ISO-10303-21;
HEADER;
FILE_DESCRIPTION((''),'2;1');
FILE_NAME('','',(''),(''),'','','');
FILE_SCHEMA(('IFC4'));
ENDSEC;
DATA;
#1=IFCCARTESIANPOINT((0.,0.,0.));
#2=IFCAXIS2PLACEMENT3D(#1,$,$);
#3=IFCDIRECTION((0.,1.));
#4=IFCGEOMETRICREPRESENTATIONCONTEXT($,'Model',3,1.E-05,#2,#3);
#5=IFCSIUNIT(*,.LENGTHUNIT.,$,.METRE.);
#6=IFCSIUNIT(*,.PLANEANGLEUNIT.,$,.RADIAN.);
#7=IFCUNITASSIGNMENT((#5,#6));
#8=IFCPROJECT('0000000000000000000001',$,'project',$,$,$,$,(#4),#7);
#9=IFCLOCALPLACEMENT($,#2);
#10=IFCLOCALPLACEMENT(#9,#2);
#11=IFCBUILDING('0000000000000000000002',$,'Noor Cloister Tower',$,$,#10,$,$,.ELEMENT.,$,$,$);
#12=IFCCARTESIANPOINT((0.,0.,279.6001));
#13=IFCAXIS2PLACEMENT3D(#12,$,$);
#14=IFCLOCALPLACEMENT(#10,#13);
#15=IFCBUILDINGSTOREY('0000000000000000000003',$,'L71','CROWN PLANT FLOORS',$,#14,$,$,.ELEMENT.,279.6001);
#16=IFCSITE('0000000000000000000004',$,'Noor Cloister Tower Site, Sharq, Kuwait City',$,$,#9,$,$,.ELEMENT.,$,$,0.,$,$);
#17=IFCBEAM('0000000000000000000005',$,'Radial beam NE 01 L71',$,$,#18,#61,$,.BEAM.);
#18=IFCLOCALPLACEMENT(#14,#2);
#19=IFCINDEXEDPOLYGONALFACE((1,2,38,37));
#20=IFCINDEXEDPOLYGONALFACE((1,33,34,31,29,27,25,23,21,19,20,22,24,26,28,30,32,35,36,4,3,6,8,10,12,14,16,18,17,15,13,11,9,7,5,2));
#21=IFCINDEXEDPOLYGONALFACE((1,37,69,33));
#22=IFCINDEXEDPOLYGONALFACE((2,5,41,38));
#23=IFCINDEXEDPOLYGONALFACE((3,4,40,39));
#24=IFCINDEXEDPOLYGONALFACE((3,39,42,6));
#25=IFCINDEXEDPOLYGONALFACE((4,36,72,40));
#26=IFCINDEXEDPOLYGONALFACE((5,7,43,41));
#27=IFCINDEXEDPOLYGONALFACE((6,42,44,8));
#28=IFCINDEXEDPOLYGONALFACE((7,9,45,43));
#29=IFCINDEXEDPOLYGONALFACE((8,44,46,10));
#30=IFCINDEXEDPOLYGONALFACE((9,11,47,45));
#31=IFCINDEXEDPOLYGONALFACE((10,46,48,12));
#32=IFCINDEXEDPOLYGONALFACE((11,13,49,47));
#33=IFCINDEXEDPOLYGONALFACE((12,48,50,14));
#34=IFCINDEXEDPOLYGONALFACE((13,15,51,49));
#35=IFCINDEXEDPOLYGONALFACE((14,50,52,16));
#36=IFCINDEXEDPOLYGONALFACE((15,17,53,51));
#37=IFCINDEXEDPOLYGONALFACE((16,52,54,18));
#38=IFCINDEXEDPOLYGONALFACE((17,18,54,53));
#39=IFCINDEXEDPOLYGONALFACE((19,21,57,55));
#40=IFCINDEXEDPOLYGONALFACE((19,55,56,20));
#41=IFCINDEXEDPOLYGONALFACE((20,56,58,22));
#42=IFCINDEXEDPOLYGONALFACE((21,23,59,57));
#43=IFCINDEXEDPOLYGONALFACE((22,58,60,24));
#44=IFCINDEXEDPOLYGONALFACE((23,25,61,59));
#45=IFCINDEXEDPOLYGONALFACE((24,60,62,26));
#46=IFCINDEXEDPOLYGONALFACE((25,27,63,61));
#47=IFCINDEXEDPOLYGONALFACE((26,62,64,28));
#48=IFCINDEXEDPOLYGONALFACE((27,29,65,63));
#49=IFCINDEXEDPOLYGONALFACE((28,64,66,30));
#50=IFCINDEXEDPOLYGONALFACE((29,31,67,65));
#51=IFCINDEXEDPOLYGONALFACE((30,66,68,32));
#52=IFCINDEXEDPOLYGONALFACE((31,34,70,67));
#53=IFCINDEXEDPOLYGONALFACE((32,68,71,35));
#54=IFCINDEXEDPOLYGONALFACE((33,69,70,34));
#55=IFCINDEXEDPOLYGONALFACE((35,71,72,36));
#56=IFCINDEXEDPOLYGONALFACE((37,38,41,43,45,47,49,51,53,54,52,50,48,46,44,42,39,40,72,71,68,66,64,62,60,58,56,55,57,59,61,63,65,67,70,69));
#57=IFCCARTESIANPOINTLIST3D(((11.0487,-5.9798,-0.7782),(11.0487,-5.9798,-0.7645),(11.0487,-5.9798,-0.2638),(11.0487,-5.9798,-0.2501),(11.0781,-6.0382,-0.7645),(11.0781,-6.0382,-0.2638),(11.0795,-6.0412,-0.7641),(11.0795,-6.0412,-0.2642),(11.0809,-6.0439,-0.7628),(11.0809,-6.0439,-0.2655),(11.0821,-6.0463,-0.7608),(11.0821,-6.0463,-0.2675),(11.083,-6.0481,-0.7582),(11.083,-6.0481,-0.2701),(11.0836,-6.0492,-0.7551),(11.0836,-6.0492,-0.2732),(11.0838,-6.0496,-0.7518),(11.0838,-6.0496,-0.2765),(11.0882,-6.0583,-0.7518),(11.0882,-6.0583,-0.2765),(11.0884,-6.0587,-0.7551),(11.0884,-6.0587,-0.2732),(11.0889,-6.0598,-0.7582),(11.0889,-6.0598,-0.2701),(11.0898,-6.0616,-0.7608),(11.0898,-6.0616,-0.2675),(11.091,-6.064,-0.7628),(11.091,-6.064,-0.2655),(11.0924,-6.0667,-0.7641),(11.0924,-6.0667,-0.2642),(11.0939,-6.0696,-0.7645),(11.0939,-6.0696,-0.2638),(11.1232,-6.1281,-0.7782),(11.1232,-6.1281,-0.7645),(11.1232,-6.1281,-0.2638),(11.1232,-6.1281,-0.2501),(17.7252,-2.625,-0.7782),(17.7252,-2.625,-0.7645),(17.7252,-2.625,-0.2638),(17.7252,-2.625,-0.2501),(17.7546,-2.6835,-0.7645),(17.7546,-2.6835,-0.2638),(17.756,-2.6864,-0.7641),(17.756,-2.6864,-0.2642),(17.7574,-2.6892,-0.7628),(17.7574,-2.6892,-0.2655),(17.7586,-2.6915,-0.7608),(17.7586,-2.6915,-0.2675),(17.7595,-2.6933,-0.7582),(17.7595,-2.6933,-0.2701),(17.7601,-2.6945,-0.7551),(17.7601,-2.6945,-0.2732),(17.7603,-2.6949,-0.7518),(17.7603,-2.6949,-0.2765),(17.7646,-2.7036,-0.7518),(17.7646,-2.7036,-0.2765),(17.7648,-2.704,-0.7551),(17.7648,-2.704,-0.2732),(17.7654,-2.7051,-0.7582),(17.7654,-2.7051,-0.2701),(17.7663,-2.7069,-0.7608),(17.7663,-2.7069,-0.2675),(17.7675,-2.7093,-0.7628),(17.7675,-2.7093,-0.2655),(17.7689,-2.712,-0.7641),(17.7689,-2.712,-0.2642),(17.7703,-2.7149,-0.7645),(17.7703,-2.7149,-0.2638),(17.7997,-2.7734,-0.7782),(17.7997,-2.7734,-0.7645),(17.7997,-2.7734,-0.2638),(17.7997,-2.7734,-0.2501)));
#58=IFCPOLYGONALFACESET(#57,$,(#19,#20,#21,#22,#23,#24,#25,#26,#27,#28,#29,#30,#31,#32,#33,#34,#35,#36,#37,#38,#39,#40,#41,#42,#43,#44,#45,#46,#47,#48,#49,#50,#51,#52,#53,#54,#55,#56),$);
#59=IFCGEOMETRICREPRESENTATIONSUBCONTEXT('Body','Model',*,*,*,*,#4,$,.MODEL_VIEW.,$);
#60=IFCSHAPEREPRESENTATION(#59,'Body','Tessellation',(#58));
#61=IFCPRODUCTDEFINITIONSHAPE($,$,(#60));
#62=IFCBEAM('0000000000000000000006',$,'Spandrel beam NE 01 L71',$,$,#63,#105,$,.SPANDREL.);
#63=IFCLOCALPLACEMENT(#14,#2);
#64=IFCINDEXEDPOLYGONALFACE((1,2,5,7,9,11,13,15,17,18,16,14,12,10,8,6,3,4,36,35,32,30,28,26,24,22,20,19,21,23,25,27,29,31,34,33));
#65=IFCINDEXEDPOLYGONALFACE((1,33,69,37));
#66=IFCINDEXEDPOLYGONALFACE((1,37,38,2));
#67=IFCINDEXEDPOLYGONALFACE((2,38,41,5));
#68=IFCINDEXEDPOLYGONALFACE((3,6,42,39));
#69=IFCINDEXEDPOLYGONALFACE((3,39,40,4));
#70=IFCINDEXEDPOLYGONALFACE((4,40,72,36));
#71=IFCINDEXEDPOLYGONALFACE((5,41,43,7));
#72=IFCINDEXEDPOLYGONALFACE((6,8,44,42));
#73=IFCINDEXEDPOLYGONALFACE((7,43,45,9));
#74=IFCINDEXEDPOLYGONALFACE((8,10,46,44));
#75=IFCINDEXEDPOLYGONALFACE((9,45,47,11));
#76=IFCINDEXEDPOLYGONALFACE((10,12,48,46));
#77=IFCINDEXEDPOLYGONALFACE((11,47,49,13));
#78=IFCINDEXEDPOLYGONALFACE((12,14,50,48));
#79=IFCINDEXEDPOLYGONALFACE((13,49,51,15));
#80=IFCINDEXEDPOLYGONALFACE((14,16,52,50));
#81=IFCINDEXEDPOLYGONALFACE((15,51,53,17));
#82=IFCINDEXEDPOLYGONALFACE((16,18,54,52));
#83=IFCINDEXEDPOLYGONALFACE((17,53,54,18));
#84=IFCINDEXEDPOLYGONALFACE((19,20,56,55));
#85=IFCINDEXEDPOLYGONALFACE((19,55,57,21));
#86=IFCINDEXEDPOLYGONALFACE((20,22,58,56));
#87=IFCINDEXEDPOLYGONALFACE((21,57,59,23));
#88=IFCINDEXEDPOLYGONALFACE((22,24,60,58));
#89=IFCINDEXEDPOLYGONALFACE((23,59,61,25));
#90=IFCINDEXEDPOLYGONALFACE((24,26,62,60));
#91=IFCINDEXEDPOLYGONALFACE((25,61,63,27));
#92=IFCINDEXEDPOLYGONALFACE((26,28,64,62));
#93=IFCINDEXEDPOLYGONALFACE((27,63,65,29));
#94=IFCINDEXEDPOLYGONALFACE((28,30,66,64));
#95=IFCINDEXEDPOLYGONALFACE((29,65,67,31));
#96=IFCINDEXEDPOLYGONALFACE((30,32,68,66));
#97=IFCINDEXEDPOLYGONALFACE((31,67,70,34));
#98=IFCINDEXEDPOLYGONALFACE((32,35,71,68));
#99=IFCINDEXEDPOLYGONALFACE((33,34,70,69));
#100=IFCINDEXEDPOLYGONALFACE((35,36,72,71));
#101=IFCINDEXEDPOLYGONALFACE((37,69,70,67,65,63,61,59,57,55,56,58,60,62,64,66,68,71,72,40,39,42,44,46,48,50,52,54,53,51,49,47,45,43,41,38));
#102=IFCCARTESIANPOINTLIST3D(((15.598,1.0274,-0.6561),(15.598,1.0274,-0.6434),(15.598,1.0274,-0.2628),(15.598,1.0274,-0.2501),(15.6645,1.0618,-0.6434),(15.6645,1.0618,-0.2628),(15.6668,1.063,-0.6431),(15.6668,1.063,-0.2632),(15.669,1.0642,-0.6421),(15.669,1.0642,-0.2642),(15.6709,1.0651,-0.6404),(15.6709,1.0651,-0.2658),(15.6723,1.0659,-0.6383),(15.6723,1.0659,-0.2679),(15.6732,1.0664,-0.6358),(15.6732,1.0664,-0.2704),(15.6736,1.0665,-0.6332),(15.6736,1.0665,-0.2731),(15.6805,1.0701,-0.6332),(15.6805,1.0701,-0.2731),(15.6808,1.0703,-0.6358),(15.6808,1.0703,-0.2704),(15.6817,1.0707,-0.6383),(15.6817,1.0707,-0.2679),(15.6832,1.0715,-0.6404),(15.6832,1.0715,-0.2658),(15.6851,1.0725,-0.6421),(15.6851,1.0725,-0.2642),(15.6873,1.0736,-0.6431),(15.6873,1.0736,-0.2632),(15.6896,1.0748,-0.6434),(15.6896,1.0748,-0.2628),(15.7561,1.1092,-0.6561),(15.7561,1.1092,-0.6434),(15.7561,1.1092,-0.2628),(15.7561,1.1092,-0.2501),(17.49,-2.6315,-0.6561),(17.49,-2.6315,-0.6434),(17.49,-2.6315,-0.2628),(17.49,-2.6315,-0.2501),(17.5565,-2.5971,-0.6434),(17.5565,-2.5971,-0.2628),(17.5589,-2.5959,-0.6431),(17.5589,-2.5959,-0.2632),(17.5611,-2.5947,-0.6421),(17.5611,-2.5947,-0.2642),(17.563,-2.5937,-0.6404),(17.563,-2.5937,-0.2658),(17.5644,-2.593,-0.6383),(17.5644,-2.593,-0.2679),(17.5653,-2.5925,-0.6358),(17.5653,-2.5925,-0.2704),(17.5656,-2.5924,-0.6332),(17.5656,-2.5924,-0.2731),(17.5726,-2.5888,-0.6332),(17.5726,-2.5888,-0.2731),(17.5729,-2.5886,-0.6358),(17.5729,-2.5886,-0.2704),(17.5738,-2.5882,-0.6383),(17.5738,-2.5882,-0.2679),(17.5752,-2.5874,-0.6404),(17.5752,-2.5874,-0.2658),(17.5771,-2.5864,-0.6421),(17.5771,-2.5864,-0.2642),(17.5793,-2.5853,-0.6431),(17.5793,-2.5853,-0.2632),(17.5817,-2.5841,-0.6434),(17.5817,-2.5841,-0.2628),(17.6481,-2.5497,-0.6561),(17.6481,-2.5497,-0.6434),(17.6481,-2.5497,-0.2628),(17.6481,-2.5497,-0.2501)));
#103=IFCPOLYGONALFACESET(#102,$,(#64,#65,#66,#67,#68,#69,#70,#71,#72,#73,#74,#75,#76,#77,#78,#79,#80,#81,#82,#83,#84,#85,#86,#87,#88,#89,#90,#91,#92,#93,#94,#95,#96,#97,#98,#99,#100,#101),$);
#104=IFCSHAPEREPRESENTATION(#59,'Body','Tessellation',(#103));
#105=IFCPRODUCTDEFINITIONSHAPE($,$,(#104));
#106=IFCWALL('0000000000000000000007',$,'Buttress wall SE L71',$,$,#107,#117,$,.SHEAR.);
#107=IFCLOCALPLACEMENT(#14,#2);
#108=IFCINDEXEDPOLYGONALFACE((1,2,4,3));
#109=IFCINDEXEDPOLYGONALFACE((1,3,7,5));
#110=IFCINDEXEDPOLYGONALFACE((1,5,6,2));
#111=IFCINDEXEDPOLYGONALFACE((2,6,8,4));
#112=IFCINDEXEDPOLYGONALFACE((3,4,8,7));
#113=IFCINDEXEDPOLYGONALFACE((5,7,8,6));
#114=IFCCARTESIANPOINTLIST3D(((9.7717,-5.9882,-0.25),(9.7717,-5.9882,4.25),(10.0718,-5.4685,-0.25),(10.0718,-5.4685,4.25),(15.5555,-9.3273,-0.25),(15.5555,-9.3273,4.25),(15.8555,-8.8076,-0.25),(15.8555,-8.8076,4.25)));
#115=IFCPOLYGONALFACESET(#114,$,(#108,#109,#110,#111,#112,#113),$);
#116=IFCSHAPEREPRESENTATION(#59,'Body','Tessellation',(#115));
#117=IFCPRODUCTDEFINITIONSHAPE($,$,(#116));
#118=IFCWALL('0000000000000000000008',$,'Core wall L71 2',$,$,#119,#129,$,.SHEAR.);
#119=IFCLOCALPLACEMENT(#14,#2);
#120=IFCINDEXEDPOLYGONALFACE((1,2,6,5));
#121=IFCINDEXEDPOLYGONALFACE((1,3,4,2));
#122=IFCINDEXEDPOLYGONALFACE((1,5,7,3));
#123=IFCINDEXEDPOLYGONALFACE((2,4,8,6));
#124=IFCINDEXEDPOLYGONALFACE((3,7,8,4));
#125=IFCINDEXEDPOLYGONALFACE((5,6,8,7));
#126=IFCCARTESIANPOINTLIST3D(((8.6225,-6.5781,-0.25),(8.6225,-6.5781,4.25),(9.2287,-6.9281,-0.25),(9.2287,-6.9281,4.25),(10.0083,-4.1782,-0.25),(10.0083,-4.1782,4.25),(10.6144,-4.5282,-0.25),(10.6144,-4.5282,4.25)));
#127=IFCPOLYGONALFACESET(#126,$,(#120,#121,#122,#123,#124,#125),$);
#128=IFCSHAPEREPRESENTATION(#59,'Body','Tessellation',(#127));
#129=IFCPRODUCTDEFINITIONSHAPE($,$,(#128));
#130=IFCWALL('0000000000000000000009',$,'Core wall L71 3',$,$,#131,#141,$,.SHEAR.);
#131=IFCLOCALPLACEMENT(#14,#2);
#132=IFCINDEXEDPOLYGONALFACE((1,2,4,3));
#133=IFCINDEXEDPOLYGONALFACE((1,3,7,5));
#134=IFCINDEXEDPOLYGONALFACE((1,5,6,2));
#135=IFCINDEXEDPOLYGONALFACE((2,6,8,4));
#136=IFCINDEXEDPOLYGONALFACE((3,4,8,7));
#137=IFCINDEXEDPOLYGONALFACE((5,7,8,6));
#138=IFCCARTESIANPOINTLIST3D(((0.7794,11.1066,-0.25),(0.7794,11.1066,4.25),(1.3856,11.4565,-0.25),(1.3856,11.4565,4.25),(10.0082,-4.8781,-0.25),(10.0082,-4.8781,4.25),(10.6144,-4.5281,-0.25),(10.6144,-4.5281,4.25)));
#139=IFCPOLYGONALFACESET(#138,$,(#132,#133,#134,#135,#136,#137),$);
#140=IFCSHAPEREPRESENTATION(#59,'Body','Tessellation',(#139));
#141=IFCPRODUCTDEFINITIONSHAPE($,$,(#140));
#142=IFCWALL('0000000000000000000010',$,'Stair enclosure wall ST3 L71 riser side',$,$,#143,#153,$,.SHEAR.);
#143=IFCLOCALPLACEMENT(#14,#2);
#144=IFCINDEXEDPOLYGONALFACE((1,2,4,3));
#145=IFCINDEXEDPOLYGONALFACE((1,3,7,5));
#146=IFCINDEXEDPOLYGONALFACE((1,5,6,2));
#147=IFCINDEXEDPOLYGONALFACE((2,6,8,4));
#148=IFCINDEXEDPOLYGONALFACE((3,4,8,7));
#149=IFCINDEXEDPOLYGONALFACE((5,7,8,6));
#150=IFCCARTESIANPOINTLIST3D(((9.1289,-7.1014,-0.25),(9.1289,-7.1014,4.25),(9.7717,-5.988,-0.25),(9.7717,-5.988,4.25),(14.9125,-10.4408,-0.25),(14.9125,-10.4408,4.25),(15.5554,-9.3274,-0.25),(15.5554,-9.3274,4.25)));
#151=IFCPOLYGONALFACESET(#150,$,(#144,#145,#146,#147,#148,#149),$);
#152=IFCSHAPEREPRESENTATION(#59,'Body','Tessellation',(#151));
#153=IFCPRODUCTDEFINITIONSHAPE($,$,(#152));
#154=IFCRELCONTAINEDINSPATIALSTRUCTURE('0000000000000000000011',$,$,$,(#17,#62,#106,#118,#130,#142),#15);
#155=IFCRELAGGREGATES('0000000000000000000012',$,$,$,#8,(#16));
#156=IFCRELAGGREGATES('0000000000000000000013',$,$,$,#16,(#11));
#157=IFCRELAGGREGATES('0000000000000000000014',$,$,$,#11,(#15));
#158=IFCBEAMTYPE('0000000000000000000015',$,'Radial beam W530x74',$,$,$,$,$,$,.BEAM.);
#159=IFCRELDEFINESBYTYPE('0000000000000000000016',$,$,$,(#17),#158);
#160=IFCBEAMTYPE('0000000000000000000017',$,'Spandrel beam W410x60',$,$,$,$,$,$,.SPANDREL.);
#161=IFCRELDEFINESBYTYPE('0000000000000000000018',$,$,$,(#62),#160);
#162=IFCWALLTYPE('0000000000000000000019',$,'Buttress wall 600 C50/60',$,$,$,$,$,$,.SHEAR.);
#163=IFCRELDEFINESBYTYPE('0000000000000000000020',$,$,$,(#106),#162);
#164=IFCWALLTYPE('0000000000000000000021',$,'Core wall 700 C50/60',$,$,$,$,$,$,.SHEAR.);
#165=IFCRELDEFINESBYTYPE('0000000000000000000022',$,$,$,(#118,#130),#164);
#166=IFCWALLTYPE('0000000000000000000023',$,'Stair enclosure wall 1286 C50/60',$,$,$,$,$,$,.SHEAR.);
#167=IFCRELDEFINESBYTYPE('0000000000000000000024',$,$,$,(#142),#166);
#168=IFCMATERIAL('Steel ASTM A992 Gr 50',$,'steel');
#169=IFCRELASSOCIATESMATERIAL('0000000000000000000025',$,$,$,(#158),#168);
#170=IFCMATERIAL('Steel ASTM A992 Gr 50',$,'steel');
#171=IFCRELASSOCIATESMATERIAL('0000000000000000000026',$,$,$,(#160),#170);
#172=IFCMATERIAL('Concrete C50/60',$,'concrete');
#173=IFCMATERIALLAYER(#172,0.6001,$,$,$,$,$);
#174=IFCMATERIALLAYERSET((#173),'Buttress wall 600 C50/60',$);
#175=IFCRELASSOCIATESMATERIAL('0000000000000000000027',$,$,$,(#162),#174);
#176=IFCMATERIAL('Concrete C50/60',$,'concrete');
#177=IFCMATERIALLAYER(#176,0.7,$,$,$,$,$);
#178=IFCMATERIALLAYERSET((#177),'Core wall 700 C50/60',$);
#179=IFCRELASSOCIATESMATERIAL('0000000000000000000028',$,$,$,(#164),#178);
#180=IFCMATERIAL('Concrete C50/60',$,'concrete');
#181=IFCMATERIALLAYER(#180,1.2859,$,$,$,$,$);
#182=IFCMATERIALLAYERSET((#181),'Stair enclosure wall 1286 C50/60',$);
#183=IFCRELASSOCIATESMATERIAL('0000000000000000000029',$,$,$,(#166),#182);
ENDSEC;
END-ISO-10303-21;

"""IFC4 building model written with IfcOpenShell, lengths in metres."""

from ifc_helpers import new_model, si_unit, direction, frame, frame_2d, origin, origin_2d, place, context, subcontext, project, spatial, rectangle, i_section, extrude, material, layer, layer_set, material_profile, profile_set, type_object, element, save


model = new_model("IFC4")

# Units and contexts
model_context = context("Model", 3, precision=1e-05, world=origin(), true_north=direction((0.0, 1.0)))
body_context = subcontext(model_context, "Body", "Model", "MODEL_VIEW")
ifc_project = project(units=[si_unit("LENGTHUNIT", "METRE"), si_unit("PLANEANGLEUNIT", "RADIAN")], contexts=[model_context])

# Site, building, storey
site_placement = place(None, origin())
site = spatial("IfcSite", under=ifc_project, at=site_placement, Name="Noor Cloister Tower Site, Sharq, Kuwait City", CompositionType="ELEMENT", RefElevation=0.0)
building_placement = place(site_placement, origin())
building = spatial("IfcBuilding", under=site, at=building_placement, Name="Noor Cloister Tower", CompositionType="ELEMENT")
storey_placement = place(building_placement, frame((0.0, 0.0, 279.6001)))
storey = spatial("IfcBuildingStorey", under=building, at=storey_placement, Name="L71", Description="CROWN PLANT FLOORS", CompositionType="ELEMENT", Elevation=279.6001)

# Beams
ifc_material_1 = material(Name="Steel ASTM A992 Gr 50", Category="steel")
ifc_material_profile_1 = material_profile(ifc_material_1, i_section(OverallWidth=0.166, OverallDepth=0.5281, WebThickness=0.0098, FlangeThickness=0.0137, FilletRadius=0.0127, at=origin_2d()), Name="W530x74")
ifc_profile_set_1 = profile_set([ifc_material_profile_1], Name="Steel ASTM A992 Gr 50")
beam_type_1 = type_object("IfcBeamType", Name="Radial beam W530x74", PredefinedType="BEAM", material=ifc_profile_set_1)
beam_1_placement = place(storey_placement, frame((17.7625, -2.6992, -0.5142), z_axis=(-0.893543, -0.448977, 0.0), x_axis=(0.448977, -0.893543, 0.0)))
element("IfcBeam", 1, at=beam_1_placement, inside=storey, type_object=beam_type_1, Name="Radial beam NE 01 L71", PredefinedType="BEAM", context=body_context, shape_type="SweptSolid", body=[
    extrude(i_section(OverallWidth=0.166, OverallDepth=0.5281, WebThickness=0.0098, FlangeThickness=0.0137, FilletRadius=0.0127, at=origin_2d()), origin(), (0.0, 0.0, 1.0), 7.4719),
])
ifc_material_2 = material(Name="Steel ASTM A992 Gr 50", Category="steel")
ifc_material_profile_2 = material_profile(ifc_material_2, i_section(OverallWidth=0.178, OverallDepth=0.406, WebThickness=0.0078, FlangeThickness=0.0127, FilletRadius=0.0103, at=origin_2d()), Name="W410x60")
ifc_profile_set_2 = profile_set([ifc_material_profile_2], Name="Steel ASTM A992 Gr 50")
beam_type_2 = type_object("IfcBeamType", Name="Spandrel beam W410x60", PredefinedType="SPANDREL", material=ifc_profile_set_2)
beam_2_placement = place(storey_placement, frame((17.5691, -2.5906, -0.4531), z_axis=(-0.459334, 0.888264, 0.0), x_axis=(-0.888264, -0.459334, 0.0)))
element("IfcBeam", 2, at=beam_2_placement, inside=storey, type_object=beam_type_2, Name="Spandrel beam NE 01 L71", PredefinedType="SPANDREL", context=body_context, shape_type="SweptSolid", body=[
    extrude(i_section(OverallWidth=0.178, OverallDepth=0.406, WebThickness=0.0078, FlangeThickness=0.0127, FilletRadius=0.0103, at=origin_2d()), origin(), (0.0, 0.0, 1.0), 4.1191),
])

# Walls
ifc_material_3 = material(Name="Concrete C50/60", Category="concrete")
ifc_layer_1 = layer(ifc_material_3, 0.6001)
ifc_layer_set_1 = layer_set([ifc_layer_1], Name="Buttress wall 600 C50/60")
wall_type_1 = type_object("IfcWallType", Name="Buttress wall 600 C50/60", PredefinedType="SHEAR", material=ifc_layer_set_1)
wall_1_placement = place(storey_placement, frame((9.9216, -5.7283, -0.25), z_axis=(0.0, 0.0, 1.0), x_axis=(0.866032, -0.499988, 0.0)))
element("IfcWall", 3, at=wall_1_placement, inside=storey, type_object=wall_type_1, Name="Buttress wall SE L71", PredefinedType="SHEAR", context=body_context, shape_type="SweptSolid", body=[
    extrude(rectangle(XDim=6.6785, YDim=0.6001, at=frame_2d((3.3394, 0.0))), origin(), (0.0, 0.0, 1.0), 4.5),
])
ifc_material_4 = material(Name="Concrete C50/60", Category="concrete")
ifc_layer_2 = layer(ifc_material_4, 0.7)
ifc_layer_set_2 = layer_set([ifc_layer_2], Name="Core wall 700 C50/60")
wall_type_2 = type_object("IfcWallType", Name="Core wall 700 C50/60", PredefinedType="SHEAR", material=ifc_layer_set_2)
wall_2_placement = place(storey_placement, frame((8.9255, -6.7532, -0.25), z_axis=(0.0, 0.0, 1.0), x_axis=(0.500043, 0.866001, 0.0)))
element("IfcWall", 4, at=wall_2_placement, inside=storey, type_object=wall_type_2, Name="Core wall L71 2", PredefinedType="SHEAR", context=body_context, shape_type="SweptSolid", body=[
    extrude(rectangle(XDim=2.7712, YDim=0.7, at=frame_2d((1.3857, 0.0))), origin(), (0.0, 0.0, 1.0), 4.5),
])
wall_3_placement = place(storey_placement, frame((10.3113, -4.7031, -0.25), z_axis=(0.0, 0.0, 1.0), x_axis=(-0.500001, 0.866025, 0.0)))
element("IfcWall", 5, at=wall_3_placement, inside=storey, type_object=wall_type_2, Name="Core wall L71 3", PredefinedType="SHEAR", context=body_context, shape_type="SweptSolid", body=[
    extrude(rectangle(XDim=18.4575, YDim=0.7, at=frame_2d((9.2288, 0.0))), origin(), (0.0, 0.0, 1.0), 4.5),
])
ifc_material_5 = material(Name="Concrete C50/60", Category="concrete")
ifc_layer_3 = layer(ifc_material_5, 1.2859)
ifc_layer_set_3 = layer_set([ifc_layer_3], Name="Stair enclosure wall 1286 C50/60")
wall_type_3 = type_object("IfcWallType", Name="Stair enclosure wall 1286 C50/60", PredefinedType="SHEAR", material=ifc_layer_set_3)
wall_4_placement = place(storey_placement, frame((9.4502, -6.5447, -0.25), z_axis=(0.0, 0.0, 1.0), x_axis=(0.866016, -0.500016, 0.0)))
element("IfcWall", 6, at=wall_4_placement, inside=storey, type_object=wall_type_3, Name="Stair enclosure wall ST3 L71 riser side", PredefinedType="SHEAR", context=body_context, shape_type="SweptSolid", body=[
    extrude(rectangle(XDim=6.6785, YDim=1.2856, at=frame_2d((3.3394, 0.0))), origin(), (0.0, 0.0, 1.0), 4.5),
])

save(model, "model.ifc")
